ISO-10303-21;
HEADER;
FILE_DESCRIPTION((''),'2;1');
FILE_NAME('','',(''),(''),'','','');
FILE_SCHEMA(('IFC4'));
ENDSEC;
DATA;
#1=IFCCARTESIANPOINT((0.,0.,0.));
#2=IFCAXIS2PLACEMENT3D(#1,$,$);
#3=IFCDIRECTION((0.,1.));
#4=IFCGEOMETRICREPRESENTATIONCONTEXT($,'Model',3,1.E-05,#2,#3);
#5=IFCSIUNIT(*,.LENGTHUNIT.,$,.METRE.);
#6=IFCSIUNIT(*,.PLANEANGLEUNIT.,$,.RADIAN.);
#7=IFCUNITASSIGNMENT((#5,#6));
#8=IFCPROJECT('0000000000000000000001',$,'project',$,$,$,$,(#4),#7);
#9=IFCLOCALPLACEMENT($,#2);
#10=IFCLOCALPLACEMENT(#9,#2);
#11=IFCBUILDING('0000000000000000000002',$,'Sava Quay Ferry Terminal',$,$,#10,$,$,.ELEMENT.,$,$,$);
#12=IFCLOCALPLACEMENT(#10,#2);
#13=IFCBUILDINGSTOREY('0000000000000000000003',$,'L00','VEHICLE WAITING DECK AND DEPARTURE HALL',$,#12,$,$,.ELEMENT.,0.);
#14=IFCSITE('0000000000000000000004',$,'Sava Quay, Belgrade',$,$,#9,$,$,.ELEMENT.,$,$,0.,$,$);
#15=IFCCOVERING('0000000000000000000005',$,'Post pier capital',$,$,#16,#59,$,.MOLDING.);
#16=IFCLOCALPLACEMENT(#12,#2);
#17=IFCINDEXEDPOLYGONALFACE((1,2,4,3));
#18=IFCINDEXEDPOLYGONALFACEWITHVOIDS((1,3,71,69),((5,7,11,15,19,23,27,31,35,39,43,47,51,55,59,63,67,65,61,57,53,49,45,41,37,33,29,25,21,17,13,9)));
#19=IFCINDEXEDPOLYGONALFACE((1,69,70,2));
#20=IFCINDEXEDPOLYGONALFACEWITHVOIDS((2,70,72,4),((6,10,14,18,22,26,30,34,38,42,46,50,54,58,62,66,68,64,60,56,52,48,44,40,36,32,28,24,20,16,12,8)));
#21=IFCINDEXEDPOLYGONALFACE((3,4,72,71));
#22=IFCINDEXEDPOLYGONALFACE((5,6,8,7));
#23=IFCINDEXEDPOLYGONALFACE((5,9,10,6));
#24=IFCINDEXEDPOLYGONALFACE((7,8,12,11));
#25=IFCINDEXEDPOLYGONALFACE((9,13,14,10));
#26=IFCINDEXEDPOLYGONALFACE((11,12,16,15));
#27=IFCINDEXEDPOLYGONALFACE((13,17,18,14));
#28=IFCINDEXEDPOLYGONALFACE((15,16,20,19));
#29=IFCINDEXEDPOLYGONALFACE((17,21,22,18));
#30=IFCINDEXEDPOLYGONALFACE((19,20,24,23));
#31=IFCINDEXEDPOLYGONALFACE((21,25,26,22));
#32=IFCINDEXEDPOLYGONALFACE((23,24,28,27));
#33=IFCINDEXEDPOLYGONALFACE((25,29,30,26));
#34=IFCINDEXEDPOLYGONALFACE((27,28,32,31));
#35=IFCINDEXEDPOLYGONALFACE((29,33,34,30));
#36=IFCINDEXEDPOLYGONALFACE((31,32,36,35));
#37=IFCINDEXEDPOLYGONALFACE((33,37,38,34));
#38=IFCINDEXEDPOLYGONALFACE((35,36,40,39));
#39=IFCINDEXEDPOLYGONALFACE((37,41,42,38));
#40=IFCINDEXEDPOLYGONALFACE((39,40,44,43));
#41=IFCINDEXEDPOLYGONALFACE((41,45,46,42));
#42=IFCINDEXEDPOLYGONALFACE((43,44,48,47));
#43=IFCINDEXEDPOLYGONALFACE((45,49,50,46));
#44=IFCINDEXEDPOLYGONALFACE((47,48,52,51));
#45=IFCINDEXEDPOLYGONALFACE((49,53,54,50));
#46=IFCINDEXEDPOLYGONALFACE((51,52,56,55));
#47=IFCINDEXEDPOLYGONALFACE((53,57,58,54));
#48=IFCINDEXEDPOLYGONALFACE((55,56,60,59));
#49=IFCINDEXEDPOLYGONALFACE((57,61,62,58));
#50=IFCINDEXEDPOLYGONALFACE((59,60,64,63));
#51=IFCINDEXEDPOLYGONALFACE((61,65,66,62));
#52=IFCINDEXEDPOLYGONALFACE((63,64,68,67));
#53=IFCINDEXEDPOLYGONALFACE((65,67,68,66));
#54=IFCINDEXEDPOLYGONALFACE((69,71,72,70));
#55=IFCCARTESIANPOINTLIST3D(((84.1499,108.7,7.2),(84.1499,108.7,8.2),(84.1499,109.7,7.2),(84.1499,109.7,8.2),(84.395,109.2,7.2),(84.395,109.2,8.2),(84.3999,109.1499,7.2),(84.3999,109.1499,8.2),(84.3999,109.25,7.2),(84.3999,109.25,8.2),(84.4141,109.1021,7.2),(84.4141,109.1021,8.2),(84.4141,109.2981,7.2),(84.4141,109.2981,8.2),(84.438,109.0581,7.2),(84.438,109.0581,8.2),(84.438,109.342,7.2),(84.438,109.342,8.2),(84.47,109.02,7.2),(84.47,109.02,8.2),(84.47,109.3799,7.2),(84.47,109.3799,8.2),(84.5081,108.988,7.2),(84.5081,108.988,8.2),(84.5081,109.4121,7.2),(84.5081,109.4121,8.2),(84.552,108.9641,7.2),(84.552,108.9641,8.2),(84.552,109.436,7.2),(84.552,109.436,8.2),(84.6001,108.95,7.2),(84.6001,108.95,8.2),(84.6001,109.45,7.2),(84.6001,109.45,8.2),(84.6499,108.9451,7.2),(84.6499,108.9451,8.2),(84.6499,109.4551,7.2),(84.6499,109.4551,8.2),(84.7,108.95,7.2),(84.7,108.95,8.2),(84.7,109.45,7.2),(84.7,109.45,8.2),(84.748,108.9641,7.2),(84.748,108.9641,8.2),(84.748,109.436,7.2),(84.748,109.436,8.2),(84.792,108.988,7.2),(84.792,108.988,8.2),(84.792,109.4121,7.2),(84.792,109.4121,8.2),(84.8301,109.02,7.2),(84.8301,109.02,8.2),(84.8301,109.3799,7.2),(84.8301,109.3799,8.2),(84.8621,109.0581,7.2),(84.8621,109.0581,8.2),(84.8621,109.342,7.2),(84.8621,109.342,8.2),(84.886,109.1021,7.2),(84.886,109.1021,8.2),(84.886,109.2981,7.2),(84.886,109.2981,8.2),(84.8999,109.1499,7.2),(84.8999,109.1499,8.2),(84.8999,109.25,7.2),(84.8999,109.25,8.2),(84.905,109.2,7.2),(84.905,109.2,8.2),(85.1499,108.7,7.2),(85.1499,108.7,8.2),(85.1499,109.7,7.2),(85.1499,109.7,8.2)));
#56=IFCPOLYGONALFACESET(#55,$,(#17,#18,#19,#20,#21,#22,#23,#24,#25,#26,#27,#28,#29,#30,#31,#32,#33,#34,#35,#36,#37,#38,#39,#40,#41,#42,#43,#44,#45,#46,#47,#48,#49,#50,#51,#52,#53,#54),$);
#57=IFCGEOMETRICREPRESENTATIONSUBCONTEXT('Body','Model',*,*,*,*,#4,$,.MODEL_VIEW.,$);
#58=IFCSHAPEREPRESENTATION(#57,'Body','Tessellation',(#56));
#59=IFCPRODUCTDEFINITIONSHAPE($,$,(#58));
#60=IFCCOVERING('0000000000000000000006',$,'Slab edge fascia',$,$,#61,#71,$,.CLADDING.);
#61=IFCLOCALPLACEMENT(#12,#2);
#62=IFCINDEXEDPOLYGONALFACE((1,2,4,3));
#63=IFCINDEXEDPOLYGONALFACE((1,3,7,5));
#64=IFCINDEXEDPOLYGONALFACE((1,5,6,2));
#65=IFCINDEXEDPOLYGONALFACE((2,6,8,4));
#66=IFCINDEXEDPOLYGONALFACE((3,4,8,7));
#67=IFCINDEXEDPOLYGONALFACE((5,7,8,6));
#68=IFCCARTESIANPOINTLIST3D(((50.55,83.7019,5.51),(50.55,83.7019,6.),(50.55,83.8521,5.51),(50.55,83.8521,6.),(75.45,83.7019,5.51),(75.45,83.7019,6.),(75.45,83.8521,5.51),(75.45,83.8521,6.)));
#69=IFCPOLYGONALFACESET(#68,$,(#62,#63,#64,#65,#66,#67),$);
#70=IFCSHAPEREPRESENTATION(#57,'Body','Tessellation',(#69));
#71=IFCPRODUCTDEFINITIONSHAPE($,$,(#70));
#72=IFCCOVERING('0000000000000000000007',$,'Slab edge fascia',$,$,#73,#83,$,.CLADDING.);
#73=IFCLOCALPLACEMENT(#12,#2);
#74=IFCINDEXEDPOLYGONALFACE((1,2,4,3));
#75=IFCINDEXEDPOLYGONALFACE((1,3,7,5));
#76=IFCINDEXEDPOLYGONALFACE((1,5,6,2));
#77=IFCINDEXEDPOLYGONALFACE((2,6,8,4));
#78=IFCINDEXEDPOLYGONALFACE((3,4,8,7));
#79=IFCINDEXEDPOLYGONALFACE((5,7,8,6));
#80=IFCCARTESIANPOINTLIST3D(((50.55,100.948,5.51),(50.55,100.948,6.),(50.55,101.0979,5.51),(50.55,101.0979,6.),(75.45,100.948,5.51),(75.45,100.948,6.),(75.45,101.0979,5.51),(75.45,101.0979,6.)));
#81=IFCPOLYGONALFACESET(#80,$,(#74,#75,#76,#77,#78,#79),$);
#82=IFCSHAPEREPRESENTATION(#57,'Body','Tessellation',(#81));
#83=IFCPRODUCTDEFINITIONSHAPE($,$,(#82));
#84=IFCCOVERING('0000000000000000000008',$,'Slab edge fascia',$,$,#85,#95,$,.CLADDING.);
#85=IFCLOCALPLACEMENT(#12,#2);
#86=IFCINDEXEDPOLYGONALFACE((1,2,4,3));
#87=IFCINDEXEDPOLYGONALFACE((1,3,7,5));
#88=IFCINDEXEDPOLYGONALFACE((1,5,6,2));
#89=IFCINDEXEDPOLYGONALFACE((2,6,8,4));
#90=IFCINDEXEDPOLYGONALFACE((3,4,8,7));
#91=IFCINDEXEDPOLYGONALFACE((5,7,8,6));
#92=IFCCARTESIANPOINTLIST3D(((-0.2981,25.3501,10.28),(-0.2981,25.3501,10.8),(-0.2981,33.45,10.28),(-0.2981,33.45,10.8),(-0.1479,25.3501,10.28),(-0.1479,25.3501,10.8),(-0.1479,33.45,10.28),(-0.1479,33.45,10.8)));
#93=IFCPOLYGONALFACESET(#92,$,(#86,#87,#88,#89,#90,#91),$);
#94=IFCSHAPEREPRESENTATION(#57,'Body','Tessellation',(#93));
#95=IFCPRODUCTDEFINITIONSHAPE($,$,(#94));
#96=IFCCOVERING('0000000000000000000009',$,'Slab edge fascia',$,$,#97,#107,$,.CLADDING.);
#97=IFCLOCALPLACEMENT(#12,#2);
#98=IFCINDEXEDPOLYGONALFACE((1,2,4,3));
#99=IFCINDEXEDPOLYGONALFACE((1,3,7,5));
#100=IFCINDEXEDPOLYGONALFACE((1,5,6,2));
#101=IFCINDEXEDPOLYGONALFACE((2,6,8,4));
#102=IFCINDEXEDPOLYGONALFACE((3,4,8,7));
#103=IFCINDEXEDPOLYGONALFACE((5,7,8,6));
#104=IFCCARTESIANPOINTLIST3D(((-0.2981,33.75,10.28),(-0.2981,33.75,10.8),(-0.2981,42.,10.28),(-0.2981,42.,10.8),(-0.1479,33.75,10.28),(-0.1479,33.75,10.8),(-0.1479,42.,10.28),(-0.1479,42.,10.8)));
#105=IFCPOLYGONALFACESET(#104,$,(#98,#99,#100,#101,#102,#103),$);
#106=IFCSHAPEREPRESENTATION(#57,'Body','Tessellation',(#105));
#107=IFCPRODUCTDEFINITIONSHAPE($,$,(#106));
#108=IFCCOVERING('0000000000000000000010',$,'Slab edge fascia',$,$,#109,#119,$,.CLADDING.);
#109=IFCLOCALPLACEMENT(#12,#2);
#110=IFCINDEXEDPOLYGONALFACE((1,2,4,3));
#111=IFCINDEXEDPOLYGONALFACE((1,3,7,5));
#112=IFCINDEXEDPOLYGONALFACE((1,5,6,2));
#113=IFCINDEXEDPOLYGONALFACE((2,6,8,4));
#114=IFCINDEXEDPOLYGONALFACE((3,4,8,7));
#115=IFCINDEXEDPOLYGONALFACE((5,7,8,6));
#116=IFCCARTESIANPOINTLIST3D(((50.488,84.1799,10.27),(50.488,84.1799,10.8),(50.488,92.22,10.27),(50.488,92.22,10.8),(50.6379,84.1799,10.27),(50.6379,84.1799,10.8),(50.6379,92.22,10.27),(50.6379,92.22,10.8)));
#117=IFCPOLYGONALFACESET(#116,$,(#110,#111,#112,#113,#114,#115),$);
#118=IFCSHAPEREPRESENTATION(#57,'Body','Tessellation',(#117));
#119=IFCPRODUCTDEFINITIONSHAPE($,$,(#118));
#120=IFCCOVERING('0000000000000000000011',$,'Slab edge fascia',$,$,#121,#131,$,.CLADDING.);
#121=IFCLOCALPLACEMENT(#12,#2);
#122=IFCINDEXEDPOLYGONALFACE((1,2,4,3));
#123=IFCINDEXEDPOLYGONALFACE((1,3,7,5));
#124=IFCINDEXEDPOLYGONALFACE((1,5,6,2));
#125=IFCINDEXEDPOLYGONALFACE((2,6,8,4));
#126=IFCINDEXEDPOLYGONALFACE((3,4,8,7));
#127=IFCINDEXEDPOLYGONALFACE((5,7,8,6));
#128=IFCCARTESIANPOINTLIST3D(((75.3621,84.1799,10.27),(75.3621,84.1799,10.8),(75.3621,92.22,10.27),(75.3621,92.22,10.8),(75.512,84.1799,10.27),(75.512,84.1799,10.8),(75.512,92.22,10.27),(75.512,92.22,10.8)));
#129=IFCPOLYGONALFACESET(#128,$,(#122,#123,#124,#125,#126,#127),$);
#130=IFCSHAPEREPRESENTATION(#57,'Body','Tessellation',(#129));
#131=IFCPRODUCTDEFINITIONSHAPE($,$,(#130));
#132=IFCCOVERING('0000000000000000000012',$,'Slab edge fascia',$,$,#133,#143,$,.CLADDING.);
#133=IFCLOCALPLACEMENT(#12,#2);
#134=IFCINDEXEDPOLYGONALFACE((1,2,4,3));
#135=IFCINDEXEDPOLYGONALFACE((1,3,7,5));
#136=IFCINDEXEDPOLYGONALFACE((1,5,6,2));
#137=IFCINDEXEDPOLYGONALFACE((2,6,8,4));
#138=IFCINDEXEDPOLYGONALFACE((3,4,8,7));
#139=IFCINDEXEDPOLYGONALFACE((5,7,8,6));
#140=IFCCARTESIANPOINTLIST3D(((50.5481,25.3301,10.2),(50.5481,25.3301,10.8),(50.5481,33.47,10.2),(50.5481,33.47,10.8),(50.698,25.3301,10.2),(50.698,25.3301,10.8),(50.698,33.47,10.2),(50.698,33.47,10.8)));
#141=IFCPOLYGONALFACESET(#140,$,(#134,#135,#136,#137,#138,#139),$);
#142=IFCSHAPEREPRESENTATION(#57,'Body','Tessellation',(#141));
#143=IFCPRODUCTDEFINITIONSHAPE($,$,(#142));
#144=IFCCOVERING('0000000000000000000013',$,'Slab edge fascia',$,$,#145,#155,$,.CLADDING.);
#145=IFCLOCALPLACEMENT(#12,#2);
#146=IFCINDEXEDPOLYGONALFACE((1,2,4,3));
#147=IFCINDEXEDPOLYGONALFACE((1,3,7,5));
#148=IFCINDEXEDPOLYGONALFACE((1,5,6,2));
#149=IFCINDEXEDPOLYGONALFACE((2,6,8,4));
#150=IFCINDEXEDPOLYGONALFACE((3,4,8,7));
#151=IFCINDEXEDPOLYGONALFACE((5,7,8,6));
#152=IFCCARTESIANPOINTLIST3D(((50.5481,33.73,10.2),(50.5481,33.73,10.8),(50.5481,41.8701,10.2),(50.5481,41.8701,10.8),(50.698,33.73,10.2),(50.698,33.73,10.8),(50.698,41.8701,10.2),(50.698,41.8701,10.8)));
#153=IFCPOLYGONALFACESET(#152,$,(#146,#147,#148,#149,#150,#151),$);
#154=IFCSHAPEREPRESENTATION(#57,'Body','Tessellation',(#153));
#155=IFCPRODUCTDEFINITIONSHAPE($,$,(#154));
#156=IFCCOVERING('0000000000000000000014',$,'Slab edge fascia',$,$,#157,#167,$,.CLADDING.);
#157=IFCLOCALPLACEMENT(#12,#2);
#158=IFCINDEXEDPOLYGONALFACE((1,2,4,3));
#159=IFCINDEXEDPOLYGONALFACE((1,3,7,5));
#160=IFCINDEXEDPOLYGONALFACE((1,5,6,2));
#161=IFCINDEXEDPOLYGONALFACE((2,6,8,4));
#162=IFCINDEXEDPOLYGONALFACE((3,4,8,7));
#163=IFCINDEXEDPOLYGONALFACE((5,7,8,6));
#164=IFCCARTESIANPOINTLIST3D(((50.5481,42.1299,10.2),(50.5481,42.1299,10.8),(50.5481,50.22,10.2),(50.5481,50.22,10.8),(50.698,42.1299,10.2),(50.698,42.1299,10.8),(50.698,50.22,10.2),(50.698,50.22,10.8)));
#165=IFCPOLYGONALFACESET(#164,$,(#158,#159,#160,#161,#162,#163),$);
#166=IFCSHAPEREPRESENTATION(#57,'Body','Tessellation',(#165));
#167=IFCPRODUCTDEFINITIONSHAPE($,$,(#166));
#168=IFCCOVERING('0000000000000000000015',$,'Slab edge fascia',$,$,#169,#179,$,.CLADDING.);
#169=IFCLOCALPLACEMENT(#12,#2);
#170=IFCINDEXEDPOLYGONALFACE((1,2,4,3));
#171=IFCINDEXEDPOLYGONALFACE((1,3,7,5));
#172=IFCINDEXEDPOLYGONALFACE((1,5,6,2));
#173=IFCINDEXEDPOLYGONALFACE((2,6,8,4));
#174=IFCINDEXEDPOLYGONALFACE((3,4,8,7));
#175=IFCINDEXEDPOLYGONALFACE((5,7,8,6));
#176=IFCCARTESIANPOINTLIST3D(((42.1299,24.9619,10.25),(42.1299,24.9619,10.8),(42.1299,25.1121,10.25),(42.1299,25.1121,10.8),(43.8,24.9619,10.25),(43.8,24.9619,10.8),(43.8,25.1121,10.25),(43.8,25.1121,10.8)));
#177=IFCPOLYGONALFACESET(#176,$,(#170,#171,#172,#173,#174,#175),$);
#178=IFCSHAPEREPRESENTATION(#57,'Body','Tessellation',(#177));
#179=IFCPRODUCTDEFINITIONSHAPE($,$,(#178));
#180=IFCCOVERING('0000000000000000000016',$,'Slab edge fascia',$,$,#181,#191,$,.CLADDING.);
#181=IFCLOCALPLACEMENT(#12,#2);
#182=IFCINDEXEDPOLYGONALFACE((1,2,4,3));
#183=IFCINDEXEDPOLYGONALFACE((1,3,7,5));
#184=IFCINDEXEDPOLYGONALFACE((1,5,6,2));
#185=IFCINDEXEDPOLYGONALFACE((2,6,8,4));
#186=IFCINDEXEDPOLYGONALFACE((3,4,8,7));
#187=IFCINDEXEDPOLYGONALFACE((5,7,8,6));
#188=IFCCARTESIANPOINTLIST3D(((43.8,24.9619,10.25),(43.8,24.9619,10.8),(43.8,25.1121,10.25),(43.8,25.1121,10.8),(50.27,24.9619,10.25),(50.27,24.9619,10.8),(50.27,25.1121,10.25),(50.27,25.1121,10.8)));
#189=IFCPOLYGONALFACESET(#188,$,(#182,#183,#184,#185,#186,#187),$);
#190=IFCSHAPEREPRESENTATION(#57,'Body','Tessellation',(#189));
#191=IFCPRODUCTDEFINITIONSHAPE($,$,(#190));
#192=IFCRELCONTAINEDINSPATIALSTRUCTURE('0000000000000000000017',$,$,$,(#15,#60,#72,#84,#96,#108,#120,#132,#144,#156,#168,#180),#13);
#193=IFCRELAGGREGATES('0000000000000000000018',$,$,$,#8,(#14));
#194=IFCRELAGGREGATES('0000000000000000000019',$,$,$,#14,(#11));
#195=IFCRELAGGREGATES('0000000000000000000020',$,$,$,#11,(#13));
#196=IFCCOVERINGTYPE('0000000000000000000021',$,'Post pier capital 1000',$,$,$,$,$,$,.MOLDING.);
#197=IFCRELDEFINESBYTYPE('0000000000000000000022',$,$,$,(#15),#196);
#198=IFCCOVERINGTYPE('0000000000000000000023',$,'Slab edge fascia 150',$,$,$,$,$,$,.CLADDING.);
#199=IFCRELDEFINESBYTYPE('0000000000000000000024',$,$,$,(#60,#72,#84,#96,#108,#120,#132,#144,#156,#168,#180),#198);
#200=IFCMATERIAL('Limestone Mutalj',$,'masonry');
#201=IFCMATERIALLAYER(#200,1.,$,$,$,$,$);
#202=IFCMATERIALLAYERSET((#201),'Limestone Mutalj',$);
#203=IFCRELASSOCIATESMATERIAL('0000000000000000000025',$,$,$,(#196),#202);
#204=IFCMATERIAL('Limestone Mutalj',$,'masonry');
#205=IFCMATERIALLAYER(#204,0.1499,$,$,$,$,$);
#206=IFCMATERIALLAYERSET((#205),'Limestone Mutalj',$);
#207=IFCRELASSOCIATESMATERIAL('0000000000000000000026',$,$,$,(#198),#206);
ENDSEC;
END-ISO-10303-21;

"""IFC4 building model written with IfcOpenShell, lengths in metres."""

from ifc_helpers import new_model, si_unit, direction, frame, origin, place, context, subcontext, project, spatial, polyline, outline, extrude, material, layer, layer_set, type_object, element, save


model = new_model("IFC4")

# Units and contexts
model_context = context("Model", 3, precision=1e-05, world=origin(), true_north=direction((0.0, 1.0)))
body_context = subcontext(model_context, "Body", "Model", "MODEL_VIEW")
ifc_project = project(units=[si_unit("LENGTHUNIT", "METRE"), si_unit("PLANEANGLEUNIT", "RADIAN")], contexts=[model_context])

# Site, building, storey
site_placement = place(None, origin())
site = spatial("IfcSite", under=ifc_project, at=site_placement, Name="Sava Quay, Belgrade", CompositionType="ELEMENT", RefElevation=0.0)
building_placement = place(site_placement, origin())
building = spatial("IfcBuilding", under=site, at=building_placement, Name="Sava Quay Ferry Terminal", CompositionType="ELEMENT")
storey_placement = place(building_placement, origin())
storey = spatial("IfcBuildingStorey", under=building, at=storey_placement, Name="L00", Description="VEHICLE WAITING DECK AND DEPARTURE HALL", CompositionType="ELEMENT", Elevation=0.0)

# Coverings
ifc_material_1 = material(Name="Limestone Mutalj", Category="masonry")
ifc_layer_1 = layer(ifc_material_1, 1.0)
ifc_layer_set_1 = layer_set([ifc_layer_1], Name="Limestone Mutalj")
covering_type_1 = type_object("IfcCoveringType", Name="Post pier capital 1000", PredefinedType="MOLDING", material=ifc_layer_set_1)
covering_1_placement = place(storey_placement, frame((0.0, 0.0, 7.2)))
element("IfcCovering", 1, at=covering_1_placement, inside=storey, type_object=covering_type_1, Name="Post pier capital", PredefinedType="MOLDING", context=body_context, shape_type="SweptSolid", body=[
    extrude(outline(polyline([(84.1499, 108.7), (85.1499, 108.7), (85.1499, 109.7), (84.1499, 109.7), (84.1499, 108.7)]), holes=[polyline([(84.8999, 109.25), (84.905, 109.2), (84.8999, 109.1499), (84.886, 109.1021), (84.8621, 109.0581), (84.8301, 109.02), (84.792, 108.988), (84.748, 108.9641), (84.7, 108.95), (84.6499, 108.9451), (84.6001, 108.95), (84.552, 108.9641), (84.5081, 108.988), (84.47, 109.02), (84.438, 109.0581), (84.4141, 109.1021), (84.3999, 109.1499), (84.395, 109.2), (84.3999, 109.25), (84.4141, 109.2981), (84.438, 109.342), (84.47, 109.3799), (84.5081, 109.4121), (84.552, 109.436), (84.6001, 109.45), (84.6499, 109.4551), (84.7, 109.45), (84.748, 109.436), (84.792, 109.4121), (84.8301, 109.3799), (84.8621, 109.342), (84.886, 109.2981), (84.8999, 109.25)])]), origin(), (0.0, 0.0, 1.0), 1.0),
])
ifc_material_2 = material(Name="Limestone Mutalj", Category="masonry")
ifc_layer_2 = layer(ifc_material_2, 0.1499)
ifc_layer_set_2 = layer_set([ifc_layer_2], Name="Limestone Mutalj")
covering_type_2 = type_object("IfcCoveringType", Name="Slab edge fascia 150", PredefinedType="CLADDING", material=ifc_layer_set_2)
covering_2_placement = place(storey_placement, frame((0.0, 0.0, 5.51)))
element("IfcCovering", 2, at=covering_2_placement, inside=storey, type_object=covering_type_2, Name="Slab edge fascia", PredefinedType="CLADDING", context=body_context, shape_type="SweptSolid", body=[
    extrude(outline(polyline([(75.45, 83.8521), (50.55, 83.8521), (50.55, 83.7019), (75.45, 83.7019), (75.45, 83.8521)])), origin(), (0.0, 0.0, 1.0), 0.49),
])
covering_3_placement = place(storey_placement, frame((0.0, 0.0, 5.51)))
element("IfcCovering", 3, at=covering_3_placement, inside=storey, type_object=covering_type_2, Name="Slab edge fascia", PredefinedType="CLADDING", context=body_context, shape_type="SweptSolid", body=[
    extrude(outline(polyline([(50.55, 101.0979), (50.55, 100.948), (75.45, 100.948), (75.45, 101.0979), (50.55, 101.0979)])), origin(), (0.0, 0.0, 1.0), 0.49),
])
covering_4_placement = place(storey_placement, frame((0.0, 0.0, 10.28)))
element("IfcCovering", 4, at=covering_4_placement, inside=storey, type_object=covering_type_2, Name="Slab edge fascia", PredefinedType="CLADDING", context=body_context, shape_type="SweptSolid", body=[
    extrude(outline(polyline([(-0.2981, 25.3501), (-0.1479, 25.3501), (-0.1479, 33.45), (-0.2981, 33.45), (-0.2981, 25.3501)])), origin(), (0.0, 0.0, 1.0), 0.52),
])
covering_5_placement = place(storey_placement, frame((0.0, 0.0, 10.28)))
element("IfcCovering", 5, at=covering_5_placement, inside=storey, type_object=covering_type_2, Name="Slab edge fascia", PredefinedType="CLADDING", context=body_context, shape_type="SweptSolid", body=[
    extrude(outline(polyline([(-0.2981, 33.75), (-0.1479, 33.75), (-0.1479, 42.0), (-0.2981, 42.0), (-0.2981, 33.75)])), origin(), (0.0, 0.0, 1.0), 0.52),
])
covering_6_placement = place(storey_placement, frame((0.0, 0.0, 10.27)))
element("IfcCovering", 6, at=covering_6_placement, inside=storey, type_object=covering_type_2, Name="Slab edge fascia", PredefinedType="CLADDING", context=body_context, shape_type="SweptSolid", body=[
    extrude(outline(polyline([(50.488, 92.22), (50.488, 84.1799), (50.6379, 84.1799), (50.6379, 92.22), (50.488, 92.22)])), origin(), (0.0, 0.0, 1.0), 0.53),
])
covering_7_placement = place(storey_placement, frame((0.0, 0.0, 10.27)))
element("IfcCovering", 7, at=covering_7_placement, inside=storey, type_object=covering_type_2, Name="Slab edge fascia", PredefinedType="CLADDING", context=body_context, shape_type="SweptSolid", body=[
    extrude(outline(polyline([(75.3621, 84.1799), (75.512, 84.1799), (75.512, 92.22), (75.3621, 92.22), (75.3621, 84.1799)])), origin(), (0.0, 0.0, 1.0), 0.53),
])
covering_8_placement = place(storey_placement, frame((0.0, 0.0, 10.2)))
element("IfcCovering", 8, at=covering_8_placement, inside=storey, type_object=covering_type_2, Name="Slab edge fascia", PredefinedType="CLADDING", context=body_context, shape_type="SweptSolid", body=[
    extrude(outline(polyline([(50.5481, 33.47), (50.5481, 25.3301), (50.698, 25.3301), (50.698, 33.47), (50.5481, 33.47)])), origin(), (0.0, 0.0, 1.0), 0.6001),
])
covering_9_placement = place(storey_placement, frame((0.0, 0.0, 10.2)))
element("IfcCovering", 9, at=covering_9_placement, inside=storey, type_object=covering_type_2, Name="Slab edge fascia", PredefinedType="CLADDING", context=body_context, shape_type="SweptSolid", body=[
    extrude(outline(polyline([(50.5481, 41.8701), (50.5481, 33.73), (50.698, 33.73), (50.698, 41.8701), (50.5481, 41.8701)])), origin(), (0.0, 0.0, 1.0), 0.6001),
])
covering_10_placement = place(storey_placement, frame((0.0, 0.0, 10.2)))
element("IfcCovering", 10, at=covering_10_placement, inside=storey, type_object=covering_type_2, Name="Slab edge fascia", PredefinedType="CLADDING", context=body_context, shape_type="SweptSolid", body=[
    extrude(outline(polyline([(50.5481, 50.22), (50.5481, 42.1299), (50.698, 42.1299), (50.698, 50.22), (50.5481, 50.22)])), origin(), (0.0, 0.0, 1.0), 0.6001),
])
covering_11_placement = place(storey_placement, frame((0.0, 0.0, 10.25)))
element("IfcCovering", 11, at=covering_11_placement, inside=storey, type_object=covering_type_2, Name="Slab edge fascia", PredefinedType="CLADDING", context=body_context, shape_type="SweptSolid", body=[
    extrude(outline(polyline([(43.8, 25.1121), (42.1299, 25.1121), (42.1299, 24.9619), (43.8, 24.9619), (43.8, 25.1121)])), origin(), (0.0, 0.0, 1.0), 0.55),
])
covering_12_placement = place(storey_placement, frame((0.0, 0.0, 10.25)))
element("IfcCovering", 12, at=covering_12_placement, inside=storey, type_object=covering_type_2, Name="Slab edge fascia", PredefinedType="CLADDING", context=body_context, shape_type="SweptSolid", body=[
    extrude(outline(polyline([(50.27, 25.1121), (43.8, 25.1121), (43.8, 24.9619), (50.27, 24.9619), (50.27, 25.1121)])), origin(), (0.0, 0.0, 1.0), 0.55),
])

save(model, "model.ifc")
